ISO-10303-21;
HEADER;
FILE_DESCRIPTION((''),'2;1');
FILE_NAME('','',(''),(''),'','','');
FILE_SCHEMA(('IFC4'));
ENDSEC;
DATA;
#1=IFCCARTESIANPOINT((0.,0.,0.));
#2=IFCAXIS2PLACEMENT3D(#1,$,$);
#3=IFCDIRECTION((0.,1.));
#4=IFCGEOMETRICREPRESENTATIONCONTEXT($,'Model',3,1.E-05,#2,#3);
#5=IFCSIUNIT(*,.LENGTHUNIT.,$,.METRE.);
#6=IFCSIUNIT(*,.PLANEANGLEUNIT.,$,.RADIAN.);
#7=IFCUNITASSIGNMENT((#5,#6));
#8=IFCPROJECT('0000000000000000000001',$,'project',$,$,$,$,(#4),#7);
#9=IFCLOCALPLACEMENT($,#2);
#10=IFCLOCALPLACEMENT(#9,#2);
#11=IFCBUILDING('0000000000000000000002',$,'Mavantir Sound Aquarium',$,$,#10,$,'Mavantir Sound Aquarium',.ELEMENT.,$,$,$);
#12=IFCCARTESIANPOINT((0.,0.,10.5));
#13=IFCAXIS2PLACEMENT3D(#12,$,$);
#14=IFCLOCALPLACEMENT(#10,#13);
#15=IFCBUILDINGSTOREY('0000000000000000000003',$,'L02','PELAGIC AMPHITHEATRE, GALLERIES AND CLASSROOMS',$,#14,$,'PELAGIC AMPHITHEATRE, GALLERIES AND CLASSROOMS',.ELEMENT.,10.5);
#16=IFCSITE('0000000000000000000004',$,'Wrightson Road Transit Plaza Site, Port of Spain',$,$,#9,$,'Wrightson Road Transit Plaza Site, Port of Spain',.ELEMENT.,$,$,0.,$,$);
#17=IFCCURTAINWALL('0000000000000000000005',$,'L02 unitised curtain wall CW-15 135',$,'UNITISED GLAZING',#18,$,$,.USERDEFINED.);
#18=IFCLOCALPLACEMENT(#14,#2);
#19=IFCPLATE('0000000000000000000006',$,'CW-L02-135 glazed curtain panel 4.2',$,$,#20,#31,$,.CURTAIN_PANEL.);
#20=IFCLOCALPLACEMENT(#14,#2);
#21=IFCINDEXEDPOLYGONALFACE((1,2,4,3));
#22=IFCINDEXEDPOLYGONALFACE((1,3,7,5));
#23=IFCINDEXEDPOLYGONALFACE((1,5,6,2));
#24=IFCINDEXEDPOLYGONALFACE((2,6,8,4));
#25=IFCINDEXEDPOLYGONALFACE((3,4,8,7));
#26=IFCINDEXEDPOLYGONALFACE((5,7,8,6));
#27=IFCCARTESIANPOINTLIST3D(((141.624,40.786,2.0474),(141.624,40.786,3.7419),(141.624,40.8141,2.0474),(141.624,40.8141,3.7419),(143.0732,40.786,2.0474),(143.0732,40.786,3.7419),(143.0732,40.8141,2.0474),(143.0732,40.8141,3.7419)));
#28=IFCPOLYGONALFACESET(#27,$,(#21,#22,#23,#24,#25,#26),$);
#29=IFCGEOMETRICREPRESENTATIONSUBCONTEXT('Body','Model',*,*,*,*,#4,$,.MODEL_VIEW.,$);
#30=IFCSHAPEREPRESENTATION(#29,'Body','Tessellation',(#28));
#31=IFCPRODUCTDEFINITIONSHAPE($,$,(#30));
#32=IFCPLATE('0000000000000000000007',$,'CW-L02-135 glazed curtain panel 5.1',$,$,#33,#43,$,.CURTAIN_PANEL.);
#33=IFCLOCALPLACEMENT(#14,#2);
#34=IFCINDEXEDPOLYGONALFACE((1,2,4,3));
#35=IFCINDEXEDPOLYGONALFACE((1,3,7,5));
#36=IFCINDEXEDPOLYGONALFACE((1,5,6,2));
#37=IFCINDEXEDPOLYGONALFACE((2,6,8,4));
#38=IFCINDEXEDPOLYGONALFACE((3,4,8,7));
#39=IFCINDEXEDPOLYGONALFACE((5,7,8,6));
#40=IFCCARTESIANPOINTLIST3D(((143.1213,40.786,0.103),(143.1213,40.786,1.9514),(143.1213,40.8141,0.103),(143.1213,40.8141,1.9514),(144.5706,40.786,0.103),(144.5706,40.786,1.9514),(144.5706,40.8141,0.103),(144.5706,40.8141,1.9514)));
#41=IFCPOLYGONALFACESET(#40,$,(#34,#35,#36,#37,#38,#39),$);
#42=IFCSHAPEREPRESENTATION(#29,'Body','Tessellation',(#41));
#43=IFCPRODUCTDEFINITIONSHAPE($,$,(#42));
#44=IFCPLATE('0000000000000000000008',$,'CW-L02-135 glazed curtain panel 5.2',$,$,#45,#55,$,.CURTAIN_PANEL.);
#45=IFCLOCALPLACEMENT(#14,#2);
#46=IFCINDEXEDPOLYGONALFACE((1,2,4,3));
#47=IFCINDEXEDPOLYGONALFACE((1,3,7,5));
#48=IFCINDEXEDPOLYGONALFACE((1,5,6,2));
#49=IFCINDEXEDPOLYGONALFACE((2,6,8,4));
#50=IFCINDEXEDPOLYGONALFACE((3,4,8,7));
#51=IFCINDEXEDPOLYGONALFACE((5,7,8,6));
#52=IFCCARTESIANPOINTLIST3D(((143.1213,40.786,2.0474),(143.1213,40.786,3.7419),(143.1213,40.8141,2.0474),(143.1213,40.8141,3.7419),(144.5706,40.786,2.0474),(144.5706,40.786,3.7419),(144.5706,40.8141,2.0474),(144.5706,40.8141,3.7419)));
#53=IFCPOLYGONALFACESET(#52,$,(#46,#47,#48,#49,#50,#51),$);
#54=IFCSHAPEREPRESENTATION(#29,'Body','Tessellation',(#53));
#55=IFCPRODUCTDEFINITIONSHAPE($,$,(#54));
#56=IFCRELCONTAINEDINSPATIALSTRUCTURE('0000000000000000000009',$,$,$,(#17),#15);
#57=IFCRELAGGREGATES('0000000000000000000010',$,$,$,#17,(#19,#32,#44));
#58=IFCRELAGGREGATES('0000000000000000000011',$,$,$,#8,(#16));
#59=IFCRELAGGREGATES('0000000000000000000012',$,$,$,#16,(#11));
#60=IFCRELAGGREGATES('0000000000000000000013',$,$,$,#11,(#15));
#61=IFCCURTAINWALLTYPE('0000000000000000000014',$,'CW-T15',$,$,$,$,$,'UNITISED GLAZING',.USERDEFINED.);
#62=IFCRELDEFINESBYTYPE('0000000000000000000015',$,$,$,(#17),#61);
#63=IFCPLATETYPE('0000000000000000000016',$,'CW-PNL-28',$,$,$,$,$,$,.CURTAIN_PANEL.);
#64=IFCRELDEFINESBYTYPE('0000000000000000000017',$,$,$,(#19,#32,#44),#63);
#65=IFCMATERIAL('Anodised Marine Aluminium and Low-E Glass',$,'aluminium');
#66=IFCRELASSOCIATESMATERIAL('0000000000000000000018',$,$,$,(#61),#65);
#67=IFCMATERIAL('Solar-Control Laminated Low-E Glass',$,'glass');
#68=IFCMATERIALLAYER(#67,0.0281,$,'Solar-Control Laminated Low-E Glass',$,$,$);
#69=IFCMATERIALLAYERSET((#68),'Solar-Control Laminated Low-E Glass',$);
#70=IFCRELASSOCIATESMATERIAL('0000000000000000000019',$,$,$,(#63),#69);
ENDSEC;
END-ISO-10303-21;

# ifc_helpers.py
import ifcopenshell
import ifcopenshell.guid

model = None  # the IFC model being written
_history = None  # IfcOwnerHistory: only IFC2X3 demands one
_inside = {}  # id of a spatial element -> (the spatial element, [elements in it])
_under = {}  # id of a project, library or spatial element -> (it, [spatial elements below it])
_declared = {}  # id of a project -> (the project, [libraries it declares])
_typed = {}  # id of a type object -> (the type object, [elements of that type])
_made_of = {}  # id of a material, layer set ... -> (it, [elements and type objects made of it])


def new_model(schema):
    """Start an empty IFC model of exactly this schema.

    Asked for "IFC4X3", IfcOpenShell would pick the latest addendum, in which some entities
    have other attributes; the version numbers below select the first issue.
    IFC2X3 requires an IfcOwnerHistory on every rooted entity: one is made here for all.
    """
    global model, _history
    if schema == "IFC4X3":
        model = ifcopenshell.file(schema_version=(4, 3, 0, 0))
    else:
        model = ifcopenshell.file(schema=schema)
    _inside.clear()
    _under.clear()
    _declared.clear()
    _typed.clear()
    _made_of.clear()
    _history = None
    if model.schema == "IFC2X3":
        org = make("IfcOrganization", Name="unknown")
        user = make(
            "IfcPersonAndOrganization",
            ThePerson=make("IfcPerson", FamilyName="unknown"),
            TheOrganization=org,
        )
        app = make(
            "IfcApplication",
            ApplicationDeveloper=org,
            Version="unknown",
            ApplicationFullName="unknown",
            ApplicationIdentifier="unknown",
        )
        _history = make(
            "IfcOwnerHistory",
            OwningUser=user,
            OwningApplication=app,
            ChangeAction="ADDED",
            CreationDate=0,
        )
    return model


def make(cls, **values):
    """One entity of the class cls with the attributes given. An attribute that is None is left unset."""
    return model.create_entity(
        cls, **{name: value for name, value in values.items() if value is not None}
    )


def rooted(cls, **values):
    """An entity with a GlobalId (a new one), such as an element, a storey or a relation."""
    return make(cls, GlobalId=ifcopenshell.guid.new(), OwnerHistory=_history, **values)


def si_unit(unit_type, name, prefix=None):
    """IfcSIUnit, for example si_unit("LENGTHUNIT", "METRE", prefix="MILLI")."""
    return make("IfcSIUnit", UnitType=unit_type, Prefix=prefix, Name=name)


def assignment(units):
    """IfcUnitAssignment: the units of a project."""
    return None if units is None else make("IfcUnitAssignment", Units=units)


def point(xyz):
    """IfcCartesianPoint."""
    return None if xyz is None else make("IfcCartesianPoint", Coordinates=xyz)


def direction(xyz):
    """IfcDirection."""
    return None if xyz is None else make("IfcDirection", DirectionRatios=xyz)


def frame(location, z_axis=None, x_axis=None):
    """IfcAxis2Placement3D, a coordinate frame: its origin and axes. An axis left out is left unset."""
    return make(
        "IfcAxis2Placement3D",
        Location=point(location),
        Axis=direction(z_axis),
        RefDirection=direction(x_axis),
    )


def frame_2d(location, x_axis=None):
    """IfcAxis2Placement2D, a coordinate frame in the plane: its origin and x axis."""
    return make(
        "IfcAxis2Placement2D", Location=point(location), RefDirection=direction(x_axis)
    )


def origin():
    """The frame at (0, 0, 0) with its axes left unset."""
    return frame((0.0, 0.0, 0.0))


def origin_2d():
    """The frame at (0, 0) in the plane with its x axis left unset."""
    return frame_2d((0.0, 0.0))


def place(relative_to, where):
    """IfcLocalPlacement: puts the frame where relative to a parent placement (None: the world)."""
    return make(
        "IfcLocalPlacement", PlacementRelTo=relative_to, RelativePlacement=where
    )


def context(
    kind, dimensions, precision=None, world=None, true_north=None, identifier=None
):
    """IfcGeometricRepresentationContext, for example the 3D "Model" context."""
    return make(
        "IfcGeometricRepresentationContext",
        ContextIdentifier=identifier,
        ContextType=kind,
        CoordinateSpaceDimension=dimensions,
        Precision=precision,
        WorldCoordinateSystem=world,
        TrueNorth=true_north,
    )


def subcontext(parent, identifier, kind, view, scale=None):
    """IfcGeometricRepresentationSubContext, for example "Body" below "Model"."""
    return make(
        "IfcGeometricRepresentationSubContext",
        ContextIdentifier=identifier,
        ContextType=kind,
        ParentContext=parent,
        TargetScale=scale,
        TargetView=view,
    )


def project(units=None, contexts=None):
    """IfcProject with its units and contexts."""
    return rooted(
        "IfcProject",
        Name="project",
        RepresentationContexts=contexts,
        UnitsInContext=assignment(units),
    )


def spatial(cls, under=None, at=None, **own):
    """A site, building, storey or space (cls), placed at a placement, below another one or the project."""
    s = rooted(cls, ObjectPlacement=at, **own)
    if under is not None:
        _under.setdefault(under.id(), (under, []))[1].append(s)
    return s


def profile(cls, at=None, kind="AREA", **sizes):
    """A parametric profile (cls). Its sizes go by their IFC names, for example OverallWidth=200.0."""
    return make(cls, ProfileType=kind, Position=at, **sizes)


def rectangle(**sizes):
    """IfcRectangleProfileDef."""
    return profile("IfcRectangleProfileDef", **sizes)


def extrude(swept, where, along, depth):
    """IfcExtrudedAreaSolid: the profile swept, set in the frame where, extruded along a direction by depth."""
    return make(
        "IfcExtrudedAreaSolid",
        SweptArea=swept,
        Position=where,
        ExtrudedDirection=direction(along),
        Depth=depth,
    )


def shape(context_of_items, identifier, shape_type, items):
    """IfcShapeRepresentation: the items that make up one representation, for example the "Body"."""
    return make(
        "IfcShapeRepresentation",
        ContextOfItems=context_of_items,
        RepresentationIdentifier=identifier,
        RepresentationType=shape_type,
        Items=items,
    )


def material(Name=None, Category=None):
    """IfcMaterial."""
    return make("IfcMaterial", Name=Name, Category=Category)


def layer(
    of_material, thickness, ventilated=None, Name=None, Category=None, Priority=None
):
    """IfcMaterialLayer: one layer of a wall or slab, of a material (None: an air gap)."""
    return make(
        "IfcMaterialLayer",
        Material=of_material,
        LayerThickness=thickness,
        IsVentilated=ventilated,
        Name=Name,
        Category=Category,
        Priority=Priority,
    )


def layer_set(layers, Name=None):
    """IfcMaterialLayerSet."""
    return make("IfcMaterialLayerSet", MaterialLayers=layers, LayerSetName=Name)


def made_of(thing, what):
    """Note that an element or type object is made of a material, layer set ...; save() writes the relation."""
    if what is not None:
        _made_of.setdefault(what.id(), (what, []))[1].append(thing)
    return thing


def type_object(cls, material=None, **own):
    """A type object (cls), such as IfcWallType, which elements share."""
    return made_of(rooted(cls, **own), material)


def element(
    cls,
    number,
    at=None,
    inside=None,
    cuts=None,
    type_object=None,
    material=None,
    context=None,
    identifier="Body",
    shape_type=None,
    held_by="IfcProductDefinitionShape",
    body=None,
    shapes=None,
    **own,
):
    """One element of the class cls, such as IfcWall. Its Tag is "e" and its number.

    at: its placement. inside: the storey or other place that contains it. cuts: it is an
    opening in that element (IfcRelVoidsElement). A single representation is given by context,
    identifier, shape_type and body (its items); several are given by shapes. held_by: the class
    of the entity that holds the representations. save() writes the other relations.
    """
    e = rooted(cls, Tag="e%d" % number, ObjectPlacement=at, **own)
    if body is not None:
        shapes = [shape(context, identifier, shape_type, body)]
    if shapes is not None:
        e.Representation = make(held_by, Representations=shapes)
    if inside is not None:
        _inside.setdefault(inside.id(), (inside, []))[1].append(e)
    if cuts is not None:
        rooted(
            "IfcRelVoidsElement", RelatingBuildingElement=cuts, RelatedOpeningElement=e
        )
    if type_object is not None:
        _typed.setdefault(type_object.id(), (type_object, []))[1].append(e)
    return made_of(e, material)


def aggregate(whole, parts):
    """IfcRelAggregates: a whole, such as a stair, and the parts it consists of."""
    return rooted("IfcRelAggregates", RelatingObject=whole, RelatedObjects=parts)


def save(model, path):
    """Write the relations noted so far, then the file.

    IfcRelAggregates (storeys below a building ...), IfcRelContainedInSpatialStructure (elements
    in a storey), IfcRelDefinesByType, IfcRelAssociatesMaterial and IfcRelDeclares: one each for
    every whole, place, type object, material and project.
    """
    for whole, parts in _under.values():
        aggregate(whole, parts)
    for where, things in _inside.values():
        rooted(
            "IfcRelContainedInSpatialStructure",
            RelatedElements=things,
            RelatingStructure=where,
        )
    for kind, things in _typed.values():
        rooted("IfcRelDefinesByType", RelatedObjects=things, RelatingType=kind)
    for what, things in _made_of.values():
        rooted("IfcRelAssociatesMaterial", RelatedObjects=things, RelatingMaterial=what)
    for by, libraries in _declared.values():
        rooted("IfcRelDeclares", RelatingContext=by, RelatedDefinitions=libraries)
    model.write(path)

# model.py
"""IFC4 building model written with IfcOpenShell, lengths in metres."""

from ifc_helpers import new_model, si_unit, direction, frame, origin, origin_2d, place, context, subcontext, project, spatial, rectangle, extrude, material, layer, layer_set, type_object, element, aggregate, save


model = new_model("IFC4")

# Units and contexts
model_context = context("Model", 3, precision=1e-05, world=origin(), true_north=direction((0.0, 1.0)))
body_context = subcontext(model_context, "Body", "Model", "MODEL_VIEW")
ifc_project = project(units=[si_unit("LENGTHUNIT", "METRE"), si_unit("PLANEANGLEUNIT", "RADIAN")], contexts=[model_context])

# Site, building, storey
site_placement = place(None, origin())
site = spatial("IfcSite", under=ifc_project, at=site_placement, Name="Wrightson Road Transit Plaza Site, Port of Spain", LongName="Wrightson Road Transit Plaza Site, Port of Spain", CompositionType="ELEMENT", RefElevation=0.0)
building_placement = place(site_placement, origin())
building = spatial("IfcBuilding", under=site, at=building_placement, Name="Mavantir Sound Aquarium", LongName="Mavantir Sound Aquarium", CompositionType="ELEMENT")
storey_placement = place(building_placement, frame((0.0, 0.0, 10.5)))
storey = spatial("IfcBuildingStorey", under=building, at=storey_placement, Name="L02", Description="PELAGIC AMPHITHEATRE, GALLERIES AND CLASSROOMS", LongName="PELAGIC AMPHITHEATRE, GALLERIES AND CLASSROOMS", CompositionType="ELEMENT", Elevation=10.5)

# Curtain wall, plates
ifc_material_1 = material(Name="Anodised Marine Aluminium and Low-E Glass", Category="aluminium")
curtain_wall_type = type_object("IfcCurtainWallType", Name="CW-T15", ElementType="UNITISED GLAZING", PredefinedType="USERDEFINED", material=ifc_material_1)
curtain_wall_placement = place(storey_placement, origin())
curtain_wall = element("IfcCurtainWall", 1, at=curtain_wall_placement, inside=storey, type_object=curtain_wall_type, Name="L02 unitised curtain wall CW-15 135", ObjectType="UNITISED GLAZING", PredefinedType="USERDEFINED")
ifc_material_2 = material(Name="Solar-Control Laminated Low-E Glass", Category="glass")
ifc_layer = layer(ifc_material_2, 0.0281, Name="Solar-Control Laminated Low-E Glass")
ifc_layer_set = layer_set([ifc_layer], Name="Solar-Control Laminated Low-E Glass")
plate_type = type_object("IfcPlateType", Name="CW-PNL-28", PredefinedType="CURTAIN_PANEL", material=ifc_layer_set)
plate_1_placement = place(storey_placement, frame((142.3486, 40.8, 2.0474), z_axis=(0.0, 0.0, 1.0), x_axis=(1.0, 0.0, 0.0)))
plate_1 = element("IfcPlate", 2, at=plate_1_placement, type_object=plate_type, Name="CW-L02-135 glazed curtain panel 4.2", PredefinedType="CURTAIN_PANEL", context=body_context, shape_type="SweptSolid", body=[
    extrude(rectangle(XDim=1.4492, YDim=0.0281, at=origin_2d()), origin(), (0.0, 0.0, 1.0), 1.6946),
])
plate_2_placement = place(storey_placement, frame((143.8459, 40.8, 0.103), z_axis=(0.0, 0.0, 1.0), x_axis=(1.0, 0.0, 0.0)))
plate_2 = element("IfcPlate", 3, at=plate_2_placement, type_object=plate_type, Name="CW-L02-135 glazed curtain panel 5.1", PredefinedType="CURTAIN_PANEL", context=body_context, shape_type="SweptSolid", body=[
    extrude(rectangle(XDim=1.4492, YDim=0.0281, at=origin_2d()), origin(), (0.0, 0.0, 1.0), 1.8484),
])
plate_3_placement = place(storey_placement, frame((143.8459, 40.8, 2.0474), z_axis=(0.0, 0.0, 1.0), x_axis=(1.0, 0.0, 0.0)))
plate_3 = element("IfcPlate", 4, at=plate_3_placement, type_object=plate_type, Name="CW-L02-135 glazed curtain panel 5.2", PredefinedType="CURTAIN_PANEL", context=body_context, shape_type="SweptSolid", body=[
    extrude(rectangle(XDim=1.4492, YDim=0.0281, at=origin_2d()), origin(), (0.0, 0.0, 1.0), 1.6946),
])
aggregate(curtain_wall, [plate_1, plate_2, plate_3])

save(model, "model.ifc")
